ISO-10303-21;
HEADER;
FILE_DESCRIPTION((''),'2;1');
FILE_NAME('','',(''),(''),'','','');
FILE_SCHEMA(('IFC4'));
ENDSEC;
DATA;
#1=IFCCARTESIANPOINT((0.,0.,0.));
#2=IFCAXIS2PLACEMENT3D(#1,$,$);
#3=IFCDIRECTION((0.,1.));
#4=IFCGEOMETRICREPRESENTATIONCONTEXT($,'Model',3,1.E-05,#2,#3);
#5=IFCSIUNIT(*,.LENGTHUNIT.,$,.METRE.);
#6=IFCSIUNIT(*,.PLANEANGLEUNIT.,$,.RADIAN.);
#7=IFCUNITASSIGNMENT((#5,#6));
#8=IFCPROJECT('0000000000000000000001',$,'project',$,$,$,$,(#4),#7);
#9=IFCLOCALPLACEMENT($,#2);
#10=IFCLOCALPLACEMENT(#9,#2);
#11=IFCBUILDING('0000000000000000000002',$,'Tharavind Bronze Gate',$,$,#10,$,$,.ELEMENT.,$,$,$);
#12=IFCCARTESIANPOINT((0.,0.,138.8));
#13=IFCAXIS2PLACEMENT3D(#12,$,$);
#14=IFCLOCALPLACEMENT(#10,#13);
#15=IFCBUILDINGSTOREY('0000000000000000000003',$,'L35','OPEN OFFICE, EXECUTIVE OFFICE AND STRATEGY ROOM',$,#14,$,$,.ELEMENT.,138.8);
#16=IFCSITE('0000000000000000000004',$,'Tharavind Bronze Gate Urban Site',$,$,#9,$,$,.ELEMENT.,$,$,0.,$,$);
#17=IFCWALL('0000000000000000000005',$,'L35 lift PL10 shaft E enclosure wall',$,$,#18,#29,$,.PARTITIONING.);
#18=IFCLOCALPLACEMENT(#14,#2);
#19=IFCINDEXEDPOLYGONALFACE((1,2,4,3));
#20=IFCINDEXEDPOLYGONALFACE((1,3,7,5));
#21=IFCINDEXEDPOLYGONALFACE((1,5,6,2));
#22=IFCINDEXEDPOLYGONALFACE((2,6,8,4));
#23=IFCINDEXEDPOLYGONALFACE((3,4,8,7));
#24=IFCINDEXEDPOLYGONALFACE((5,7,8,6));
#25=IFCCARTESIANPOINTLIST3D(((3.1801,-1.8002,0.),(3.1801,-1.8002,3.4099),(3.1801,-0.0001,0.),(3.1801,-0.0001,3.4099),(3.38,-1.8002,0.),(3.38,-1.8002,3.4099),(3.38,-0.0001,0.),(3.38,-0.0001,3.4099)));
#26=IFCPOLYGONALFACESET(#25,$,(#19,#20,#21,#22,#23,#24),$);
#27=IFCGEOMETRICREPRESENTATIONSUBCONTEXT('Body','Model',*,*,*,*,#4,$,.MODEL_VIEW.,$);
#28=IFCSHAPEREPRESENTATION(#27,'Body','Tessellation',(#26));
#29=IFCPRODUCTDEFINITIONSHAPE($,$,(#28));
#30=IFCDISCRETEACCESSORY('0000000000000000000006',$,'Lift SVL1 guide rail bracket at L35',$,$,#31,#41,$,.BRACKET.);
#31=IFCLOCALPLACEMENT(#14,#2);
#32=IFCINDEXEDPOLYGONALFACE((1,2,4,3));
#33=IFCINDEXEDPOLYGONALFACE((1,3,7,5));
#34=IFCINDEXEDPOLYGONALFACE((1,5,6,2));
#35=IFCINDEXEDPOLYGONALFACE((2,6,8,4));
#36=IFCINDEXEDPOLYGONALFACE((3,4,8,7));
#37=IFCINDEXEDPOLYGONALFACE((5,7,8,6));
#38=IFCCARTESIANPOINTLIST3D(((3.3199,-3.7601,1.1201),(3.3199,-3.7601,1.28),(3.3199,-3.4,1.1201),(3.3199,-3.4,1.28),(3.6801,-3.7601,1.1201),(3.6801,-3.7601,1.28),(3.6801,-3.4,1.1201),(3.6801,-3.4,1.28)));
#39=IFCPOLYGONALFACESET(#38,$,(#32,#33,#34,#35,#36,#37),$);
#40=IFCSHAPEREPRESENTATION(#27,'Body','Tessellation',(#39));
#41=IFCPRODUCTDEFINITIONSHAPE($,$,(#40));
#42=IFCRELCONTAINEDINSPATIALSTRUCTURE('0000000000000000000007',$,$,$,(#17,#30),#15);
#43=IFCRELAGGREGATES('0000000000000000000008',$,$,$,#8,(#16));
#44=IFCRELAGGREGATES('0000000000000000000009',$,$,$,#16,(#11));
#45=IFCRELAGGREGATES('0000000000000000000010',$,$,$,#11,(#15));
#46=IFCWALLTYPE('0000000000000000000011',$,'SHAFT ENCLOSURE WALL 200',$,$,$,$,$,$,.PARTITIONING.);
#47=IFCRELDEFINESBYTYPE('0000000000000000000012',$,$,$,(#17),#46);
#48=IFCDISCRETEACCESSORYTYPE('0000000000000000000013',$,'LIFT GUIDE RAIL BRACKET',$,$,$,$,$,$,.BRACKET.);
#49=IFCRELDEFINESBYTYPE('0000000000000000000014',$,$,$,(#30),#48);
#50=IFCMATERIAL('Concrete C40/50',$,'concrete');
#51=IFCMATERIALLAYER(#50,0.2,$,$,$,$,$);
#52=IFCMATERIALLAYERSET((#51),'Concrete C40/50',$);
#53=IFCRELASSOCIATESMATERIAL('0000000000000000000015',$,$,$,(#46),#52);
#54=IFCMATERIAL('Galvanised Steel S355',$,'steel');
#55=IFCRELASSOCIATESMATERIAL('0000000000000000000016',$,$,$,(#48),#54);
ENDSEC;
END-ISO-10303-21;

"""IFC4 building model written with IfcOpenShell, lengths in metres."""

from ifc_helpers import new_model, si_unit, direction, frame, frame_2d, origin, origin_2d, place, context, subcontext, project, spatial, rectangle, extrude, material, layer, layer_set, type_object, element, save


model = new_model("IFC4")

# Units and contexts
model_context = context("Model", 3, precision=1e-05, world=origin(), true_north=direction((0.0, 1.0)))
body_context = subcontext(model_context, "Body", "Model", "MODEL_VIEW")
ifc_project = project(units=[si_unit("LENGTHUNIT", "METRE"), si_unit("PLANEANGLEUNIT", "RADIAN")], contexts=[model_context])

# Site, building, storey
site_placement = place(None, origin())
site = spatial("IfcSite", under=ifc_project, at=site_placement, Name="Tharavind Bronze Gate Urban Site", CompositionType="ELEMENT", RefElevation=0.0)
building_placement = place(site_placement, origin())
building = spatial("IfcBuilding", under=site, at=building_placement, Name="Tharavind Bronze Gate", CompositionType="ELEMENT")
storey_placement = place(building_placement, frame((0.0, 0.0, 138.8)))
storey = spatial("IfcBuildingStorey", under=building, at=storey_placement, Name="L35", Description="OPEN OFFICE, EXECUTIVE OFFICE AND STRATEGY ROOM", CompositionType="ELEMENT", Elevation=138.8)

# Wall
ifc_material_1 = material(Name="Concrete C40/50", Category="concrete")
ifc_layer_1 = layer(ifc_material_1, 0.2)
ifc_layer_set_1 = layer_set([ifc_layer_1], Name="Concrete C40/50")
wall_type_1 = type_object("IfcWallType", Name="SHAFT ENCLOSURE WALL 200", PredefinedType="PARTITIONING", material=ifc_layer_set_1)
wall_1_placement = place(storey_placement, frame((3.28, -1.8, 0.0), z_axis=(0.0, 0.0, 1.0), x_axis=(0.0, 1.0, 0.0)))
element("IfcWall", 1, at=wall_1_placement, inside=storey, type_object=wall_type_1, Name="L35 lift PL10 shaft E enclosure wall", PredefinedType="PARTITIONING", context=body_context, shape_type="SweptSolid", body=[
    extrude(rectangle(XDim=1.8, YDim=0.2, at=frame_2d((0.8999, 0.0))), origin(), (0.0, 0.0, 1.0), 3.4099),
])

# Discrete accessory
ifc_material_2 = material(Name="Galvanised Steel S355", Category="steel")
discrete_accessory_type = type_object("IfcDiscreteAccessoryType", Name="LIFT GUIDE RAIL BRACKET", PredefinedType="BRACKET", material=ifc_material_2)
discrete_accessory_placement = place(storey_placement, frame((3.5, -3.5801, 1.1201), z_axis=(0.0, 0.0, 1.0), x_axis=(1.0, 0.0, 0.0)))
element("IfcDiscreteAccessory", 2, at=discrete_accessory_placement, inside=storey, type_object=discrete_accessory_type, Name="Lift SVL1 guide rail bracket at L35", PredefinedType="BRACKET", context=body_context, shape_type="SweptSolid", body=[
    extrude(rectangle(XDim=0.3601, YDim=0.3601, at=origin_2d()), origin(), (0.0, 0.0, 1.0), 0.1599),
])

save(model, "model.ifc")
